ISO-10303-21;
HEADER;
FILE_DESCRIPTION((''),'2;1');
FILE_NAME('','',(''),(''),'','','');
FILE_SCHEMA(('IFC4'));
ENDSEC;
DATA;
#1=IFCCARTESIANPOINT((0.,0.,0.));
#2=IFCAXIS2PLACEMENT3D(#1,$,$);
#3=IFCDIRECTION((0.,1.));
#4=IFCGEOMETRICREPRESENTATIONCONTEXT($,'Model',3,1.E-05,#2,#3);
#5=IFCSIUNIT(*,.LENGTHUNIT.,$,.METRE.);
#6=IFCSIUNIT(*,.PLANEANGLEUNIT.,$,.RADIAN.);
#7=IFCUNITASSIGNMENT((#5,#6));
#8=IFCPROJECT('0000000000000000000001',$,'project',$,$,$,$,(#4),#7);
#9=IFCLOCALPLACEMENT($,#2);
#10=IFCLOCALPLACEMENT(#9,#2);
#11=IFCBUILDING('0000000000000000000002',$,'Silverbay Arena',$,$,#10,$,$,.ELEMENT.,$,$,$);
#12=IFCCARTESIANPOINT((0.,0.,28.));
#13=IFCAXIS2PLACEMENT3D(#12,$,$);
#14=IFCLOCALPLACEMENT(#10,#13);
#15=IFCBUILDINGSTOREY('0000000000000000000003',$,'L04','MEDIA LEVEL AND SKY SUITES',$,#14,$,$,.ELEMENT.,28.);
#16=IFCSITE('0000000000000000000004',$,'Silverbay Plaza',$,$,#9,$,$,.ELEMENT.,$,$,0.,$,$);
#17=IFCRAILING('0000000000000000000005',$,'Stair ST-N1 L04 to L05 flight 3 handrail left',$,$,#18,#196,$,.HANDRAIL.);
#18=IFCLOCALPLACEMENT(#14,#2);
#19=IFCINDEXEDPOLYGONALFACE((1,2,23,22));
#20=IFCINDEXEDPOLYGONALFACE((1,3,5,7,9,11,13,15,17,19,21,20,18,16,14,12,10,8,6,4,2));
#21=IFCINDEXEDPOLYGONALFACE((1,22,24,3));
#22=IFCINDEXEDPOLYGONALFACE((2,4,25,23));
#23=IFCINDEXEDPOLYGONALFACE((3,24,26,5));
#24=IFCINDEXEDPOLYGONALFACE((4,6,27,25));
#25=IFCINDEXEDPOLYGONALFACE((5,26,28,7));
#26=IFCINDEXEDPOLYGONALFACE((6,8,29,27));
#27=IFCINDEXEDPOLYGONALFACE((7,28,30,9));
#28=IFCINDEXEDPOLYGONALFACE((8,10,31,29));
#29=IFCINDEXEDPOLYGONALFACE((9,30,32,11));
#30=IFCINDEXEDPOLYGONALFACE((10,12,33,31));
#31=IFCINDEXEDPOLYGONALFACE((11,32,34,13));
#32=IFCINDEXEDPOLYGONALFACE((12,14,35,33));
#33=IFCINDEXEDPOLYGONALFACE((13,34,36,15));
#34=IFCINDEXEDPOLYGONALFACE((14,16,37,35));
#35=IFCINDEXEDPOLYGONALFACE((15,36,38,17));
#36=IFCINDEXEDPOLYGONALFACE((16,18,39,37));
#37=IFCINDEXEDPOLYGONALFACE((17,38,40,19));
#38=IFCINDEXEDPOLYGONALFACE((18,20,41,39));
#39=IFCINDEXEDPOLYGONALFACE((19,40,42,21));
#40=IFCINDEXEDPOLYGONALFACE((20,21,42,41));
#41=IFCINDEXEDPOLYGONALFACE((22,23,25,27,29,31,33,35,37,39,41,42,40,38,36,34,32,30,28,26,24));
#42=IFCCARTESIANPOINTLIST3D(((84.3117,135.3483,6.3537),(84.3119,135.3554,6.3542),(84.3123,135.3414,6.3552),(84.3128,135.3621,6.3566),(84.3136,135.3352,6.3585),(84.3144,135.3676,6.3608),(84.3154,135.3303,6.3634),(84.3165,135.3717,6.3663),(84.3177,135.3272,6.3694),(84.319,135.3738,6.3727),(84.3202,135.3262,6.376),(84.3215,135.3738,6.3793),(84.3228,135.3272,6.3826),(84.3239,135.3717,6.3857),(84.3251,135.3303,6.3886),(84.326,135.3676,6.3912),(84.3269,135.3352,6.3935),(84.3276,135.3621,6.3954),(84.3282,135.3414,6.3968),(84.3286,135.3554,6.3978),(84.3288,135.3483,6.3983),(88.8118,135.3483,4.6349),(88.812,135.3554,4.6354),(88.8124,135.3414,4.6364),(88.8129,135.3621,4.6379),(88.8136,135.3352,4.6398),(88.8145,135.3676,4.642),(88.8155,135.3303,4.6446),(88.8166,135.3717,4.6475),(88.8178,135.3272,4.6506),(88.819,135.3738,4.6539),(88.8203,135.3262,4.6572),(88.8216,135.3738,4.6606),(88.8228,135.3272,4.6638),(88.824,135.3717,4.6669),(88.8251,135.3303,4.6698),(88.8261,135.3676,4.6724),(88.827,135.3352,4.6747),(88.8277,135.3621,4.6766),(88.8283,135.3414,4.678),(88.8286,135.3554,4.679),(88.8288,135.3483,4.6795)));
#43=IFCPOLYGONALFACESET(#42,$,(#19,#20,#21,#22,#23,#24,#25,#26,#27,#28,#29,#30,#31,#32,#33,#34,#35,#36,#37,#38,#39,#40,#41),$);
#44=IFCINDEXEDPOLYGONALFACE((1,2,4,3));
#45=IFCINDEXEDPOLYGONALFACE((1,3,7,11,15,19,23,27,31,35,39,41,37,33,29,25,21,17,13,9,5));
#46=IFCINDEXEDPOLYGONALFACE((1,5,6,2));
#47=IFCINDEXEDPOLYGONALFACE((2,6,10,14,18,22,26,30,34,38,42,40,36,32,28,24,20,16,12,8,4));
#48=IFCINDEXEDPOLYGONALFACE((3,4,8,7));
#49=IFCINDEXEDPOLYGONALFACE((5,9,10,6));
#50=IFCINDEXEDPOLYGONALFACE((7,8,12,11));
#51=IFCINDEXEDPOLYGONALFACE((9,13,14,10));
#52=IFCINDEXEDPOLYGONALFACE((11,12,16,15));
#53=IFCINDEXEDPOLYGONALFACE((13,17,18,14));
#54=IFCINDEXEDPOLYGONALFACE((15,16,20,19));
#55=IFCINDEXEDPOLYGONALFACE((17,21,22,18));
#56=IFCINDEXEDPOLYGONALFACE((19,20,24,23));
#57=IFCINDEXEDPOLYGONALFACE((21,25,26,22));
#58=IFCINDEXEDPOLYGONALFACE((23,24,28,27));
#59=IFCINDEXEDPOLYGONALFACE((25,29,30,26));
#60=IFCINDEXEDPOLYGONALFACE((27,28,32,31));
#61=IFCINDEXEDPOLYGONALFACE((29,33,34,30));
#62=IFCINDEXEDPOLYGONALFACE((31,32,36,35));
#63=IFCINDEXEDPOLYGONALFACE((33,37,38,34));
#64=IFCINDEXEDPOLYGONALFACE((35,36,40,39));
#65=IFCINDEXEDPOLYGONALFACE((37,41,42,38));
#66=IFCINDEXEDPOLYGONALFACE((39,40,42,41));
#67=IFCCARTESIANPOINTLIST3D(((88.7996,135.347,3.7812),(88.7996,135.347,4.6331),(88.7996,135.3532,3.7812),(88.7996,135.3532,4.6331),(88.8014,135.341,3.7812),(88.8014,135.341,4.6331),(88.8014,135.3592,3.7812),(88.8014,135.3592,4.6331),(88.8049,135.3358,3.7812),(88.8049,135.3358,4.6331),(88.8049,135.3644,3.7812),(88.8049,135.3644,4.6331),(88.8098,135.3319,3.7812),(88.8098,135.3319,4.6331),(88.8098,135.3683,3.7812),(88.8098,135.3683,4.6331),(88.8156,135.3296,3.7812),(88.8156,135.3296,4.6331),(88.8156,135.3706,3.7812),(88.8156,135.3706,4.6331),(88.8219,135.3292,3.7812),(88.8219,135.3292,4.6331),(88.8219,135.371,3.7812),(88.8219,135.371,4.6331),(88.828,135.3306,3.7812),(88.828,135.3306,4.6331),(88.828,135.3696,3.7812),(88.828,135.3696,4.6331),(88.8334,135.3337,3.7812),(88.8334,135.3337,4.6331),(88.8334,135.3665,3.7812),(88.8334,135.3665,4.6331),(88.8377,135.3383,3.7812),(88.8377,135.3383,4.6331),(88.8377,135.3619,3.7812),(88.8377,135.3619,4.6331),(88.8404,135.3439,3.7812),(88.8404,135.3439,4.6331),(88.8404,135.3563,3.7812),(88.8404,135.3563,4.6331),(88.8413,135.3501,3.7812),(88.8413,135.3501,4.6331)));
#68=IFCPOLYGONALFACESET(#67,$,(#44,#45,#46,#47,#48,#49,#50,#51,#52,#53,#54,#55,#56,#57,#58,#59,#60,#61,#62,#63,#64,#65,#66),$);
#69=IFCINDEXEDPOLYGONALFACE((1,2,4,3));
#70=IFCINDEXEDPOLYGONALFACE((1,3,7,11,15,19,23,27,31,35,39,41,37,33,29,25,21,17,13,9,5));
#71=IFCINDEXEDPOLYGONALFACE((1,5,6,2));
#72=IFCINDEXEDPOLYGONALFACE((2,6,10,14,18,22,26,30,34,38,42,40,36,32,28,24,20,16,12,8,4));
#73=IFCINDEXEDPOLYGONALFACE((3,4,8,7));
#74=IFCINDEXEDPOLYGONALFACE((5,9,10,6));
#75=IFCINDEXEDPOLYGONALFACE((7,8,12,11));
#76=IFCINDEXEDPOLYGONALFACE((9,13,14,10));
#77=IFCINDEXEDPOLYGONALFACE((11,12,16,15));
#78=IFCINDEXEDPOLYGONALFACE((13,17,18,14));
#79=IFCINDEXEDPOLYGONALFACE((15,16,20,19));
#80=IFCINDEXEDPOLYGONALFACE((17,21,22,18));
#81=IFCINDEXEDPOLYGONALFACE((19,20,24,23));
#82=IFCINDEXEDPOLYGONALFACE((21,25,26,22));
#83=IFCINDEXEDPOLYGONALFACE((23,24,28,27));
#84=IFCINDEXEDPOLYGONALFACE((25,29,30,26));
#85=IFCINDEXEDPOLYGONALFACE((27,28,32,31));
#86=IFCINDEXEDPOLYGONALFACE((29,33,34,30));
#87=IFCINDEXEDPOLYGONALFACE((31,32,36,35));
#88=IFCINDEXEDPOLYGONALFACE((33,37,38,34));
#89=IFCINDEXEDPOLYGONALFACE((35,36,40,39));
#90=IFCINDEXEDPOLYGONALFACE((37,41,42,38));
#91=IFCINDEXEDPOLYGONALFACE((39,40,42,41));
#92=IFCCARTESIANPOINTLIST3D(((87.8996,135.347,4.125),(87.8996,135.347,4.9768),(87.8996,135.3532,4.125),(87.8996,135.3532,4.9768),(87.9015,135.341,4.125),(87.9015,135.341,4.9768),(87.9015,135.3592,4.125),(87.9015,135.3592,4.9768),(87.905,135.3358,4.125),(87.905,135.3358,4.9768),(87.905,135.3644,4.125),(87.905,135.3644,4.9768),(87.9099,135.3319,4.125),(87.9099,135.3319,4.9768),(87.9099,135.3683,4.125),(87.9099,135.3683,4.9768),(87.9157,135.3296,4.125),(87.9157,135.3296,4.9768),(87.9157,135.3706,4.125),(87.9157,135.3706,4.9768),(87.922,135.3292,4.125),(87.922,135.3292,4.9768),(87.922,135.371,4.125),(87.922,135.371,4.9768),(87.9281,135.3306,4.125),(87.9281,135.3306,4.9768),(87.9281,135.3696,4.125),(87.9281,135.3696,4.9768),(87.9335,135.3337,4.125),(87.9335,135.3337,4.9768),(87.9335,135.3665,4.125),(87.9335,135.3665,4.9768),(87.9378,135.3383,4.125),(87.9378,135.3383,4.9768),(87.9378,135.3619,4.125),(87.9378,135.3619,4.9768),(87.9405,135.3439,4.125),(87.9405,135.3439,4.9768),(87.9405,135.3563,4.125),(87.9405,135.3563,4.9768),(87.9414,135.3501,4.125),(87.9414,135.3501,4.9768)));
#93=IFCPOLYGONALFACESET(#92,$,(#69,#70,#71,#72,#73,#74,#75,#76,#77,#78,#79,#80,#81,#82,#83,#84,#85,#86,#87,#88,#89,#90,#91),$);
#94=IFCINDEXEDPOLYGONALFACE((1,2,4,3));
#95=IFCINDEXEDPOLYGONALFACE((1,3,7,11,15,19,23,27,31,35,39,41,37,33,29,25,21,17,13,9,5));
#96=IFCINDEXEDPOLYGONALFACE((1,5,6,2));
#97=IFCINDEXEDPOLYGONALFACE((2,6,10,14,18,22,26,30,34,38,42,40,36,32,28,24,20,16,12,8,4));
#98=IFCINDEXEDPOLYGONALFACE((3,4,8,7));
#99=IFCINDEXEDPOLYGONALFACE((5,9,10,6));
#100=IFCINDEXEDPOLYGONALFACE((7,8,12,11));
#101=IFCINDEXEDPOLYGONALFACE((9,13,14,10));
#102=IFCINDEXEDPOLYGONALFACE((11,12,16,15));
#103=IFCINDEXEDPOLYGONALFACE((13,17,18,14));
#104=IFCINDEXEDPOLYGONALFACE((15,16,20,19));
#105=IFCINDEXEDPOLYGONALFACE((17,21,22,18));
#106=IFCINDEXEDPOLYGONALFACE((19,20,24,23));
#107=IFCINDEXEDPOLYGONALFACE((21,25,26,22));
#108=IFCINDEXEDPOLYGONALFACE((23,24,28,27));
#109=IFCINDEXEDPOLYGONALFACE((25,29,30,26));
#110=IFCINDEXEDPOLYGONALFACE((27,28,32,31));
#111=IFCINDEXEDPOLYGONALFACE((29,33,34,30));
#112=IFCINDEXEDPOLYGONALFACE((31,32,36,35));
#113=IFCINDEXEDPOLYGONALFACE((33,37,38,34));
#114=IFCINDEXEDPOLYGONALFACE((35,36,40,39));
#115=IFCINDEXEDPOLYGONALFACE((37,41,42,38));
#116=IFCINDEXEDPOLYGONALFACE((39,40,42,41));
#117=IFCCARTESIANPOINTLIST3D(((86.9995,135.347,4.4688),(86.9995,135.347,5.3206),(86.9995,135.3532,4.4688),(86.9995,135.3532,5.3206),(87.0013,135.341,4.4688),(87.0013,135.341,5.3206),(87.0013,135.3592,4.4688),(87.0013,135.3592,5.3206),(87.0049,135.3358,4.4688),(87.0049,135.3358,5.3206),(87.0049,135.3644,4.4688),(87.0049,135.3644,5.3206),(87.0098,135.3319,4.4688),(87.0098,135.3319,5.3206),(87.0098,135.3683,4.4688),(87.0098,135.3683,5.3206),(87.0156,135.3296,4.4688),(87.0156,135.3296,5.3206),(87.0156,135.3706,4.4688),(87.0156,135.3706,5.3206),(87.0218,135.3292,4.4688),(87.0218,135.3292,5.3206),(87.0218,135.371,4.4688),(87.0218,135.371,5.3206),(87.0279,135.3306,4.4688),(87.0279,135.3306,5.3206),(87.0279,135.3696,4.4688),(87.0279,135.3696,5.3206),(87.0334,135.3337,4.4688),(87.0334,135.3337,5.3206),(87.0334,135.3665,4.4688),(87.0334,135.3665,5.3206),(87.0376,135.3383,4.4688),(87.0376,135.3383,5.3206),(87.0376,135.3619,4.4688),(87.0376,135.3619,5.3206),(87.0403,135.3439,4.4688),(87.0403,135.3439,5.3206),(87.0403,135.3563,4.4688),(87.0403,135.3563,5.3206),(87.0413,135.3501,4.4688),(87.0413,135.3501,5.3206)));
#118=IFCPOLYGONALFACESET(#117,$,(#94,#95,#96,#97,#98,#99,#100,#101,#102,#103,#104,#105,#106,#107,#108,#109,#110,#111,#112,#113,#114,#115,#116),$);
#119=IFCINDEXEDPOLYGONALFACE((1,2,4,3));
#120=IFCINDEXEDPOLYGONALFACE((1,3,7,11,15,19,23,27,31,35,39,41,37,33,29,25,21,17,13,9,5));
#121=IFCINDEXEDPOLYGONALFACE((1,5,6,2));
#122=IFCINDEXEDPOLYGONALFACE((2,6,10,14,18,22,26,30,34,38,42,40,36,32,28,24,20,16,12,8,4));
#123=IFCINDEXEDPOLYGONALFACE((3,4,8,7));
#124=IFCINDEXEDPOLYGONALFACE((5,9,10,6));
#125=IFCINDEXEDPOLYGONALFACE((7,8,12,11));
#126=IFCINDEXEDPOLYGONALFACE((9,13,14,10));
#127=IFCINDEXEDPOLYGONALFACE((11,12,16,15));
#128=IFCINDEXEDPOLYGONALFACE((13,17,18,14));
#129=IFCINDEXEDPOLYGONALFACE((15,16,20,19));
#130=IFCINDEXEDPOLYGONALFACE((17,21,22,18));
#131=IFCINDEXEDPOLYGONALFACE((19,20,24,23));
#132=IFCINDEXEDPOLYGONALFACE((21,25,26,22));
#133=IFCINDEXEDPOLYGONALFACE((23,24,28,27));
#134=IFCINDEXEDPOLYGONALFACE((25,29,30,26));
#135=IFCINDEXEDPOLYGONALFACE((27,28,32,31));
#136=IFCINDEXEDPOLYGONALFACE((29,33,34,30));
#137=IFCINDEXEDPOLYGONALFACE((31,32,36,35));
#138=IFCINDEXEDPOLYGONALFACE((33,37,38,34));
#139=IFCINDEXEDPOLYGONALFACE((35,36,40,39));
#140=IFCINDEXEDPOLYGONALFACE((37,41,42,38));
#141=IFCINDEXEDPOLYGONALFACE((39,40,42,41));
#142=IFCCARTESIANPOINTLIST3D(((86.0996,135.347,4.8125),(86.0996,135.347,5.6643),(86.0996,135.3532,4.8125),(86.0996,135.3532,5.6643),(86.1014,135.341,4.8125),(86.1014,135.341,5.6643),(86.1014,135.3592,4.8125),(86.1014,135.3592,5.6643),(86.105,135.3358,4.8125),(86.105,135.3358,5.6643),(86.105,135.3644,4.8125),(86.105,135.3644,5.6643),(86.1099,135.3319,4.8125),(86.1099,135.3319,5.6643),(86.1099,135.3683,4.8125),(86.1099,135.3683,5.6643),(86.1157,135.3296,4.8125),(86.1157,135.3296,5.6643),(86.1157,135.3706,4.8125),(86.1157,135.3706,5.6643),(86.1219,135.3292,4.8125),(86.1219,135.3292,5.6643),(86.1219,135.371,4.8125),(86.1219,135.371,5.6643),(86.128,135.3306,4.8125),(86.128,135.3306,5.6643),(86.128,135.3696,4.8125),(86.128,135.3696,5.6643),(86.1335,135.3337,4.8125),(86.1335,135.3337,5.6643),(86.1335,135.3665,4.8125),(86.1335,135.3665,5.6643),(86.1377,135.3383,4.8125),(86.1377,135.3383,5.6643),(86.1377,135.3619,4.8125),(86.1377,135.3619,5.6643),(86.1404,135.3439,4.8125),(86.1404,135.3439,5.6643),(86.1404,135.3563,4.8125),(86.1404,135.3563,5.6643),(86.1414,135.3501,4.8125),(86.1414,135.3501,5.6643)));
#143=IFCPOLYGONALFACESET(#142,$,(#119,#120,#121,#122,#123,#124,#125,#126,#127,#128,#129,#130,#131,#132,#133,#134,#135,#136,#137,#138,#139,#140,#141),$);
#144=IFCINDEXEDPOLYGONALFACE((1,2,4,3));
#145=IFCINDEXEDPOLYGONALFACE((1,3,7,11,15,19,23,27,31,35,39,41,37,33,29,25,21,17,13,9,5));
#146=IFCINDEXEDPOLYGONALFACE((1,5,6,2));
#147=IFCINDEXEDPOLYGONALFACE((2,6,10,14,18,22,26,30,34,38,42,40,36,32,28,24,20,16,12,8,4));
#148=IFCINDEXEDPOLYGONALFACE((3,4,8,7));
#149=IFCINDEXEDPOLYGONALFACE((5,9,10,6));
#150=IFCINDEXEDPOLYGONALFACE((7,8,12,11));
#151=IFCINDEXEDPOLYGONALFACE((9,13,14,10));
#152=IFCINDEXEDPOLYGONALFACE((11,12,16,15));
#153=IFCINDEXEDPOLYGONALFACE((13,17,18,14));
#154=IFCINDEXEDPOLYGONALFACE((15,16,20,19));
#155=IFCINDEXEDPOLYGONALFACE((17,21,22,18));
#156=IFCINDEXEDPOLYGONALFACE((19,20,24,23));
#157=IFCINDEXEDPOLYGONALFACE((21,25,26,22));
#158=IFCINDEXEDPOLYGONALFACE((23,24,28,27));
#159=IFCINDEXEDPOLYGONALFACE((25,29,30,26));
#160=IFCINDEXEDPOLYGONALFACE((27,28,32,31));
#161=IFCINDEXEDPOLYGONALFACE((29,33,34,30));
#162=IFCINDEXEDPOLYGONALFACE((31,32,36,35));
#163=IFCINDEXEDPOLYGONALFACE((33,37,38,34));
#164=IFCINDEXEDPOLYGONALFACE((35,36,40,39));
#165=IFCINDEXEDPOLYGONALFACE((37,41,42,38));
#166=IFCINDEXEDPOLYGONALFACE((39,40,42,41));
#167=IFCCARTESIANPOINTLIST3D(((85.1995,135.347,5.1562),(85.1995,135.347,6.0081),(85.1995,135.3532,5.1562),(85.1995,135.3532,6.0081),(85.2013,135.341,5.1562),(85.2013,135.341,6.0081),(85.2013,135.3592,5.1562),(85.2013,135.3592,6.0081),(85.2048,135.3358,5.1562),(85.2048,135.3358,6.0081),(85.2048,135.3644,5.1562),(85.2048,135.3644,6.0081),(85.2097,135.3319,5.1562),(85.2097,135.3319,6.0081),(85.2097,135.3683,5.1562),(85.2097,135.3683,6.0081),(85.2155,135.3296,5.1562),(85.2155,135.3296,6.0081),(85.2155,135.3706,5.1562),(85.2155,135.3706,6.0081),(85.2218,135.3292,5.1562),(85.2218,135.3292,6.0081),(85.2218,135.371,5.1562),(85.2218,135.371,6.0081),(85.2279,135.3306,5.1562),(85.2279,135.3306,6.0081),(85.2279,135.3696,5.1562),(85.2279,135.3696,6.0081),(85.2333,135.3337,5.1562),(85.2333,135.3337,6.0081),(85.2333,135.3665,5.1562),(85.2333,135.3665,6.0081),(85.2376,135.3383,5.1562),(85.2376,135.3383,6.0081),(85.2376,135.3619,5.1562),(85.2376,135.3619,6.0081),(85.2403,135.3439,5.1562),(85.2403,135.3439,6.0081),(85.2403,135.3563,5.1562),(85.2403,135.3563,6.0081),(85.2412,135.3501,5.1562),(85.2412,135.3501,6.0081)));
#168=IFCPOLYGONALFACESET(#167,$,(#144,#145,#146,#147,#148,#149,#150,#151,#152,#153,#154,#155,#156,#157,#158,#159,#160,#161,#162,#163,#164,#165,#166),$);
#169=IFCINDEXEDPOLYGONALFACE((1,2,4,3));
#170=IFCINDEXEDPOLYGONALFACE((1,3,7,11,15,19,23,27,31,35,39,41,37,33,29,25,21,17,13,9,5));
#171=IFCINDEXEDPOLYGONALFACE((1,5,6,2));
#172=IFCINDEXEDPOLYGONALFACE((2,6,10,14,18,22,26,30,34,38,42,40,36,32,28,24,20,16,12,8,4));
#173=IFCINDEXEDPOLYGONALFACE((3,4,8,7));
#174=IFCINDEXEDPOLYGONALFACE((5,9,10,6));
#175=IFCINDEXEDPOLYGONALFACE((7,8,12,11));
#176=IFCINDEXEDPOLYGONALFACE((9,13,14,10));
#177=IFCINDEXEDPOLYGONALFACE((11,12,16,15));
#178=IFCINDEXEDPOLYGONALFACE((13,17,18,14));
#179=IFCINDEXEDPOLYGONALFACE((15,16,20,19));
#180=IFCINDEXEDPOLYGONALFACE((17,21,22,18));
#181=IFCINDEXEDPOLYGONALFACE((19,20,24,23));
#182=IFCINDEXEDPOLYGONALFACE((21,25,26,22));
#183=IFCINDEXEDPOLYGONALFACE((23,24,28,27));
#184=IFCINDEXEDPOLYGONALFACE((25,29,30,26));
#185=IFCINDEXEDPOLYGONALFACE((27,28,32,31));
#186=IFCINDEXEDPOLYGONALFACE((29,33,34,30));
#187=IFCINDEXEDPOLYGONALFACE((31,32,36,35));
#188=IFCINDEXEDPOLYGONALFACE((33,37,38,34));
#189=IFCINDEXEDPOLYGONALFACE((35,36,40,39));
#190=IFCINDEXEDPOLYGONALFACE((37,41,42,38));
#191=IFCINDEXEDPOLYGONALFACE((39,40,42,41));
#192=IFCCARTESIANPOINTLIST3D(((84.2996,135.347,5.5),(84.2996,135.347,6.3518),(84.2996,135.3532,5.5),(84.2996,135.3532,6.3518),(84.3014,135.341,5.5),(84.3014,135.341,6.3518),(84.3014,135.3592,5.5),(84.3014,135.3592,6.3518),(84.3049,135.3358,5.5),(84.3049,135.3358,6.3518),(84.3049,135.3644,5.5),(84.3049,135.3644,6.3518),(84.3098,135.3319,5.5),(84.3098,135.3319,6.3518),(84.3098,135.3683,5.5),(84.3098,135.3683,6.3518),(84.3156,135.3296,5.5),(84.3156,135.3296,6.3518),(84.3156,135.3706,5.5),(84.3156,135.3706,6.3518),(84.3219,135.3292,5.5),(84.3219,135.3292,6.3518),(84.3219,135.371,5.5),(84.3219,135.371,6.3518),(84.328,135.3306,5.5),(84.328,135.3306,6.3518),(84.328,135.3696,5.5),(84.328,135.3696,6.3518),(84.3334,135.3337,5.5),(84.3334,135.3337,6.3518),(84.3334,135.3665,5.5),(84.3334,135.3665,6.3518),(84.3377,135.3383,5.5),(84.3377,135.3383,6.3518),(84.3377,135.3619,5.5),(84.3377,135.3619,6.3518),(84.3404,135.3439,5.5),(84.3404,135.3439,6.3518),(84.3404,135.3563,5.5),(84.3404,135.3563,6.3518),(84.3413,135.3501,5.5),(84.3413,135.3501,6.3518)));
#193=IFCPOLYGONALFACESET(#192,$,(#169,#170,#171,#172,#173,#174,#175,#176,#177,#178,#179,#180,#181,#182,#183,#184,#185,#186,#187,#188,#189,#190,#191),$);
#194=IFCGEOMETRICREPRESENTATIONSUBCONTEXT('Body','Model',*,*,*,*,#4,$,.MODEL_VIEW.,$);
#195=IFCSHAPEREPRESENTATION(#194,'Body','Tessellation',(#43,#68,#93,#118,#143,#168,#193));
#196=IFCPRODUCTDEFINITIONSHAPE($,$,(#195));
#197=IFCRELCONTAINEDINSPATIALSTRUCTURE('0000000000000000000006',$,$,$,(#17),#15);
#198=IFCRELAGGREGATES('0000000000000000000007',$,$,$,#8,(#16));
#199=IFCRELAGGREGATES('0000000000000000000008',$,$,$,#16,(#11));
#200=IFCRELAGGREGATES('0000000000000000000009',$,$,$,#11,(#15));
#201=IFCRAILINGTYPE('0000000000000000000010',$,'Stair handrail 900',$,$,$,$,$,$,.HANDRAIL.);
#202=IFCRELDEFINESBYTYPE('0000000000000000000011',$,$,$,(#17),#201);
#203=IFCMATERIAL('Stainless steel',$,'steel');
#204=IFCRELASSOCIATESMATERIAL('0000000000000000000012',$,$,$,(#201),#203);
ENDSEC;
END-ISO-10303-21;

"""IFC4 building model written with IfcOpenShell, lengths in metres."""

from ifc_helpers import new_model, si_unit, direction, frame, origin, origin_2d, place, context, subcontext, project, spatial, circle, extrude, material, type_object, element, save


model = new_model("IFC4")

# Units and contexts
model_context = context("Model", 3, precision=1e-05, world=origin(), true_north=direction((0.0, 1.0)))
body_context = subcontext(model_context, "Body", "Model", "MODEL_VIEW")
ifc_project = project(units=[si_unit("LENGTHUNIT", "METRE"), si_unit("PLANEANGLEUNIT", "RADIAN")], contexts=[model_context])

# Site, building, storey
site_placement = place(None, origin())
site = spatial("IfcSite", under=ifc_project, at=site_placement, Name="Silverbay Plaza", CompositionType="ELEMENT", RefElevation=0.0)
building_placement = place(site_placement, origin())
building = spatial("IfcBuilding", under=site, at=building_placement, Name="Silverbay Arena", CompositionType="ELEMENT")
storey_placement = place(building_placement, frame((0.0, 0.0, 28.0)))
storey = spatial("IfcBuildingStorey", under=building, at=storey_placement, Name="L04", Description="MEDIA LEVEL AND SKY SUITES", CompositionType="ELEMENT", Elevation=28.0)

# Railing
ifc_material_1 = material(Name="Stainless steel", Category="steel")
railing_type_1 = type_object("IfcRailingType", Name="Stair handrail 900", PredefinedType="HANDRAIL", material=ifc_material_1)
for number, where, name in (
    (1, (88.8203, 135.3501, 3.7812), "Stair ST-N1 L04 to L05 flight 3 handrail left"),
):
    element("IfcRailing", number, at=place(storey_placement, frame(where)), inside=storey, type_object=railing_type_1, Name=name, PredefinedType="HANDRAIL", context=body_context, shape_type="SweptSolid", body=[
        extrude(circle(Radius=0.0239, at=origin_2d()), frame((0.0, 0.0, 0.876), z_axis=(-0.934179, 0.0, 0.356805), x_axis=(0.0, -1.0, 0.0)), (0.0, 0.0, 1.0), 4.8171),
        extrude(circle(Radius=0.021, at=origin_2d()), origin(), (0.0, 0.0, 1.0), 0.8518),
        extrude(circle(Radius=0.021, at=origin_2d()), frame((-0.8999, 0.0, 0.3438)), (0.0, 0.0, 1.0), 0.8518),
        extrude(circle(Radius=0.021, at=origin_2d()), frame((-1.8, 0.0, 0.6875)), (0.0, 0.0, 1.0), 0.8518),
        extrude(circle(Radius=0.021, at=origin_2d()), frame((-2.7, 0.0, 1.0312)), (0.0, 0.0, 1.0), 0.8518),
        extrude(circle(Radius=0.021, at=origin_2d()), frame((-3.6001, 0.0, 1.375)), (0.0, 0.0, 1.0), 0.8518),
        extrude(circle(Radius=0.021, at=origin_2d()), frame((-4.5, 0.0, 1.7188)), (0.0, 0.0, 1.0), 0.8518),
    ])

save(model, "model.ifc")
